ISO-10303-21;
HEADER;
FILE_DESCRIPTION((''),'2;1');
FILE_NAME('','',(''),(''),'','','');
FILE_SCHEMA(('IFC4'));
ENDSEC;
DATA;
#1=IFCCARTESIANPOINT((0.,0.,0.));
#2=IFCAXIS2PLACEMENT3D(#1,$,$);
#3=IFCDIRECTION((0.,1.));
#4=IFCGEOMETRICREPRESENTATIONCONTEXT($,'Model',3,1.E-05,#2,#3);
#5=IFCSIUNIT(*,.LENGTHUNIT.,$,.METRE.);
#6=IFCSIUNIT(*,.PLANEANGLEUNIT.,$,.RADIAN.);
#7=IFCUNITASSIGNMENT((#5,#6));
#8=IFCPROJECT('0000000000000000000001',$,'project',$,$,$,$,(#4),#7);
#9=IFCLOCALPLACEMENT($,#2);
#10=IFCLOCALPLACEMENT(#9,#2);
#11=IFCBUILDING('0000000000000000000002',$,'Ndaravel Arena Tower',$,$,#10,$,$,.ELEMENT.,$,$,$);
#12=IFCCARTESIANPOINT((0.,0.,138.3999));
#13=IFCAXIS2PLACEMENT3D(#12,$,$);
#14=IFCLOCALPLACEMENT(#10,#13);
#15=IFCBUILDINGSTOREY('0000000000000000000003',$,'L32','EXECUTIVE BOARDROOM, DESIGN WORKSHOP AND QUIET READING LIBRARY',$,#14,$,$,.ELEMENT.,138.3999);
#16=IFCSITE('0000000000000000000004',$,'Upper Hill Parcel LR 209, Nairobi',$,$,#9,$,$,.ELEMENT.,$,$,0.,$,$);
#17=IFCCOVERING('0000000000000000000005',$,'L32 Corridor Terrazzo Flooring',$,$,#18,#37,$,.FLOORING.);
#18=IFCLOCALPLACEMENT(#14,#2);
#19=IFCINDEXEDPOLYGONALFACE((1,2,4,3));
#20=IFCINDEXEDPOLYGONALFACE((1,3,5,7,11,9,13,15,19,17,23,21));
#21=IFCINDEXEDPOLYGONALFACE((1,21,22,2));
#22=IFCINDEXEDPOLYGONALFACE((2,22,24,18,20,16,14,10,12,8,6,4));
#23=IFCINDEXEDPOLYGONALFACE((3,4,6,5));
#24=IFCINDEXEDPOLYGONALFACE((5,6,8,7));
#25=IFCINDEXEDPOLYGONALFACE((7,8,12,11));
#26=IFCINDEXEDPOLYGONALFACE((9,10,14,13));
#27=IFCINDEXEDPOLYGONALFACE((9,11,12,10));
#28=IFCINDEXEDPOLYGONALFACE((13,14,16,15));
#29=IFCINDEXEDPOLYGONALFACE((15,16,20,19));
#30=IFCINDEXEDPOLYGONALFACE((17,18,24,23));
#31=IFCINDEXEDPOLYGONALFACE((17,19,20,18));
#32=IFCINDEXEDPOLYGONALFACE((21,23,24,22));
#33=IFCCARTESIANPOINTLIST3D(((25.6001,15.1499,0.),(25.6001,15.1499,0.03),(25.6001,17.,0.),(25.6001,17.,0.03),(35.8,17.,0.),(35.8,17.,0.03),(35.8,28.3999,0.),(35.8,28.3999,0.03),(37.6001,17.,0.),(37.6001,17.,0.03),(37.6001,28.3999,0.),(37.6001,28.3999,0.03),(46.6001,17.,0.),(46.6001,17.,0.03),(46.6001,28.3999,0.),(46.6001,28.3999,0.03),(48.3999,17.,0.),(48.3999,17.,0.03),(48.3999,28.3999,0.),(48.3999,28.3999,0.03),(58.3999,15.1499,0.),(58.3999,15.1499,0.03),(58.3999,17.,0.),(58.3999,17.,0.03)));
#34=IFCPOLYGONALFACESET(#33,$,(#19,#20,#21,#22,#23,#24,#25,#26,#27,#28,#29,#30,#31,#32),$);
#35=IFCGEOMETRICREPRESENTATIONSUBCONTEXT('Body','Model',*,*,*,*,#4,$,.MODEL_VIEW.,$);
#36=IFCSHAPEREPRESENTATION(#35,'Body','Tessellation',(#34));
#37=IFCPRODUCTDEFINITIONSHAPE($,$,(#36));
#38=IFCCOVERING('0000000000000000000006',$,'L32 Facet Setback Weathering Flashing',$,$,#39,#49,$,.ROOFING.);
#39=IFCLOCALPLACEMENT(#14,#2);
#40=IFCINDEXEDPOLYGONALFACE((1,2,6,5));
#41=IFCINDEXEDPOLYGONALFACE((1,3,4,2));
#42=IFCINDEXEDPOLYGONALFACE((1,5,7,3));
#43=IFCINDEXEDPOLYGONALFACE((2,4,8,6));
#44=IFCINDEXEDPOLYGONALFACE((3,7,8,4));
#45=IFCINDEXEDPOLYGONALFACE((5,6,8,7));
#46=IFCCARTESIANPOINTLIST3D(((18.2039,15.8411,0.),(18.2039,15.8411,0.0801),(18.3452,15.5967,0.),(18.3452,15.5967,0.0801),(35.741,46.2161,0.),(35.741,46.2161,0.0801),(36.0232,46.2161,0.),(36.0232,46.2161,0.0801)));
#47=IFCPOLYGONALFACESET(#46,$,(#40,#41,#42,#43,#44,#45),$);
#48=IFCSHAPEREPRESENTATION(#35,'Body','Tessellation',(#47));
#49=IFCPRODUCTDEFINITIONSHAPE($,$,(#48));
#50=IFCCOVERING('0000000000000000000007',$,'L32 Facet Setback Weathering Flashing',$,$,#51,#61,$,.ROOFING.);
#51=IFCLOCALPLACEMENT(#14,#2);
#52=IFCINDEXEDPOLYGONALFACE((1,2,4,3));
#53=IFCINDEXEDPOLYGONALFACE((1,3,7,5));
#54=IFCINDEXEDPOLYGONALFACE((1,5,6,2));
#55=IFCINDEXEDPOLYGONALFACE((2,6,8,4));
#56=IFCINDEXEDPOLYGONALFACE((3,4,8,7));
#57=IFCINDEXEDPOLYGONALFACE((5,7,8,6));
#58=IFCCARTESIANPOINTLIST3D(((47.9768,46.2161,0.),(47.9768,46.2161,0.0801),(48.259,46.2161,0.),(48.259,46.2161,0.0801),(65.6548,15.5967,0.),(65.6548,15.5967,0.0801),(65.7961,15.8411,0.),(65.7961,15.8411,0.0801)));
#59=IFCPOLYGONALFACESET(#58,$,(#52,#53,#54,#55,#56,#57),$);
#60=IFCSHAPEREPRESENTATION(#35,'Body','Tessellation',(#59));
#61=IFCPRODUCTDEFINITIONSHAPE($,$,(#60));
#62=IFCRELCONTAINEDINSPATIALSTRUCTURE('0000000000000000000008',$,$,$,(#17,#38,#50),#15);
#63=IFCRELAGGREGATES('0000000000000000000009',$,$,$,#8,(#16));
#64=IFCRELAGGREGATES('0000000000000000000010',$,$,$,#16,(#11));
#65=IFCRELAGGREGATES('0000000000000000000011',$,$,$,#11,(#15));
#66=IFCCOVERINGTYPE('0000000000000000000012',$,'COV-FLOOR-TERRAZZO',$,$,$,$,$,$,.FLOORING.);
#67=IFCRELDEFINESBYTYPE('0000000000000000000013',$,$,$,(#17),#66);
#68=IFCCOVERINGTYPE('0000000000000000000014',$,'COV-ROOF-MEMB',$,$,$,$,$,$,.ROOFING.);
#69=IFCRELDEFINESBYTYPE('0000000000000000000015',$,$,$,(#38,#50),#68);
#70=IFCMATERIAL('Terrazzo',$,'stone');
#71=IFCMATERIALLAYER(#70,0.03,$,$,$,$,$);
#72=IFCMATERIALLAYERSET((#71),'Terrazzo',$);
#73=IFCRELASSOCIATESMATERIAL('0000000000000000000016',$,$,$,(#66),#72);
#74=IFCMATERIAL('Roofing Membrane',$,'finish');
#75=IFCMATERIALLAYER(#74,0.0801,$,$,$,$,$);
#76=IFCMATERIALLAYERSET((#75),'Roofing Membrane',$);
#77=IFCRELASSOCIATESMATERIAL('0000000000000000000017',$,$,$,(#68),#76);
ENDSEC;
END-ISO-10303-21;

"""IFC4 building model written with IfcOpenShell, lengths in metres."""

from ifc_helpers import new_model, si_unit, direction, frame, origin, place, context, subcontext, project, spatial, polyline, outline, extrude, material, layer, layer_set, type_object, element, save


model = new_model("IFC4")

# Units and contexts
model_context = context("Model", 3, precision=1e-05, world=origin(), true_north=direction((0.0, 1.0)))
body_context = subcontext(model_context, "Body", "Model", "MODEL_VIEW")
ifc_project = project(units=[si_unit("LENGTHUNIT", "METRE"), si_unit("PLANEANGLEUNIT", "RADIAN")], contexts=[model_context])

# Site, building, storey
site_placement = place(None, origin())
site = spatial("IfcSite", under=ifc_project, at=site_placement, Name="Upper Hill Parcel LR 209, Nairobi", CompositionType="ELEMENT", RefElevation=0.0)
building_placement = place(site_placement, origin())
building = spatial("IfcBuilding", under=site, at=building_placement, Name="Ndaravel Arena Tower", CompositionType="ELEMENT")
storey_placement = place(building_placement, frame((0.0, 0.0, 138.3999)))
storey = spatial("IfcBuildingStorey", under=building, at=storey_placement, Name="L32", Description="EXECUTIVE BOARDROOM, DESIGN WORKSHOP AND QUIET READING LIBRARY", CompositionType="ELEMENT", Elevation=138.3999)

# Coverings
ifc_material_1 = material(Name="Terrazzo", Category="stone")
ifc_layer_1 = layer(ifc_material_1, 0.03)
ifc_layer_set_1 = layer_set([ifc_layer_1], Name="Terrazzo")
covering_type_1 = type_object("IfcCoveringType", Name="COV-FLOOR-TERRAZZO", PredefinedType="FLOORING", material=ifc_layer_set_1)
covering_1_placement = place(storey_placement, origin())
element("IfcCovering", 1, at=covering_1_placement, inside=storey, type_object=covering_type_1, Name="L32 Corridor Terrazzo Flooring", PredefinedType="FLOORING", context=body_context, shape_type="SweptSolid", body=[
    extrude(outline(polyline([(58.3999, 17.0), (48.3999, 17.0), (48.3999, 28.3999), (46.6001, 28.3999), (46.6001, 17.0), (37.6001, 17.0), (37.6001, 28.3999), (35.8, 28.3999), (35.8, 17.0), (25.6001, 17.0), (25.6001, 15.1499), (58.3999, 15.1499), (58.3999, 17.0)])), origin(), (0.0, 0.0, 1.0), 0.03),
])
ifc_material_2 = material(Name="Roofing Membrane", Category="finish")
ifc_layer_2 = layer(ifc_material_2, 0.0801)
ifc_layer_set_2 = layer_set([ifc_layer_2], Name="Roofing Membrane")
covering_type_2 = type_object("IfcCoveringType", Name="COV-ROOF-MEMB", PredefinedType="ROOFING", material=ifc_layer_set_2)
covering_2_placement = place(storey_placement, origin())
element("IfcCovering", 2, at=covering_2_placement, inside=storey, type_object=covering_type_2, Name="L32 Facet Setback Weathering Flashing", PredefinedType="ROOFING", context=body_context, shape_type="SweptSolid", body=[
    extrude(outline(polyline([(18.2039, 15.8411), (35.741, 46.2161), (36.0232, 46.2161), (18.3452, 15.5967), (18.2039, 15.8411)])), origin(), (0.0, 0.0, 1.0), 0.0801),
])
covering_3_placement = place(storey_placement, origin())
element("IfcCovering", 3, at=covering_3_placement, inside=storey, type_object=covering_type_2, Name="L32 Facet Setback Weathering Flashing", PredefinedType="ROOFING", context=body_context, shape_type="SweptSolid", body=[
    extrude(outline(polyline([(48.259, 46.2161), (65.7961, 15.8411), (65.6548, 15.5967), (47.9768, 46.2161), (48.259, 46.2161)])), origin(), (0.0, 0.0, 1.0), 0.0801),
])

save(model, "model.ifc")
